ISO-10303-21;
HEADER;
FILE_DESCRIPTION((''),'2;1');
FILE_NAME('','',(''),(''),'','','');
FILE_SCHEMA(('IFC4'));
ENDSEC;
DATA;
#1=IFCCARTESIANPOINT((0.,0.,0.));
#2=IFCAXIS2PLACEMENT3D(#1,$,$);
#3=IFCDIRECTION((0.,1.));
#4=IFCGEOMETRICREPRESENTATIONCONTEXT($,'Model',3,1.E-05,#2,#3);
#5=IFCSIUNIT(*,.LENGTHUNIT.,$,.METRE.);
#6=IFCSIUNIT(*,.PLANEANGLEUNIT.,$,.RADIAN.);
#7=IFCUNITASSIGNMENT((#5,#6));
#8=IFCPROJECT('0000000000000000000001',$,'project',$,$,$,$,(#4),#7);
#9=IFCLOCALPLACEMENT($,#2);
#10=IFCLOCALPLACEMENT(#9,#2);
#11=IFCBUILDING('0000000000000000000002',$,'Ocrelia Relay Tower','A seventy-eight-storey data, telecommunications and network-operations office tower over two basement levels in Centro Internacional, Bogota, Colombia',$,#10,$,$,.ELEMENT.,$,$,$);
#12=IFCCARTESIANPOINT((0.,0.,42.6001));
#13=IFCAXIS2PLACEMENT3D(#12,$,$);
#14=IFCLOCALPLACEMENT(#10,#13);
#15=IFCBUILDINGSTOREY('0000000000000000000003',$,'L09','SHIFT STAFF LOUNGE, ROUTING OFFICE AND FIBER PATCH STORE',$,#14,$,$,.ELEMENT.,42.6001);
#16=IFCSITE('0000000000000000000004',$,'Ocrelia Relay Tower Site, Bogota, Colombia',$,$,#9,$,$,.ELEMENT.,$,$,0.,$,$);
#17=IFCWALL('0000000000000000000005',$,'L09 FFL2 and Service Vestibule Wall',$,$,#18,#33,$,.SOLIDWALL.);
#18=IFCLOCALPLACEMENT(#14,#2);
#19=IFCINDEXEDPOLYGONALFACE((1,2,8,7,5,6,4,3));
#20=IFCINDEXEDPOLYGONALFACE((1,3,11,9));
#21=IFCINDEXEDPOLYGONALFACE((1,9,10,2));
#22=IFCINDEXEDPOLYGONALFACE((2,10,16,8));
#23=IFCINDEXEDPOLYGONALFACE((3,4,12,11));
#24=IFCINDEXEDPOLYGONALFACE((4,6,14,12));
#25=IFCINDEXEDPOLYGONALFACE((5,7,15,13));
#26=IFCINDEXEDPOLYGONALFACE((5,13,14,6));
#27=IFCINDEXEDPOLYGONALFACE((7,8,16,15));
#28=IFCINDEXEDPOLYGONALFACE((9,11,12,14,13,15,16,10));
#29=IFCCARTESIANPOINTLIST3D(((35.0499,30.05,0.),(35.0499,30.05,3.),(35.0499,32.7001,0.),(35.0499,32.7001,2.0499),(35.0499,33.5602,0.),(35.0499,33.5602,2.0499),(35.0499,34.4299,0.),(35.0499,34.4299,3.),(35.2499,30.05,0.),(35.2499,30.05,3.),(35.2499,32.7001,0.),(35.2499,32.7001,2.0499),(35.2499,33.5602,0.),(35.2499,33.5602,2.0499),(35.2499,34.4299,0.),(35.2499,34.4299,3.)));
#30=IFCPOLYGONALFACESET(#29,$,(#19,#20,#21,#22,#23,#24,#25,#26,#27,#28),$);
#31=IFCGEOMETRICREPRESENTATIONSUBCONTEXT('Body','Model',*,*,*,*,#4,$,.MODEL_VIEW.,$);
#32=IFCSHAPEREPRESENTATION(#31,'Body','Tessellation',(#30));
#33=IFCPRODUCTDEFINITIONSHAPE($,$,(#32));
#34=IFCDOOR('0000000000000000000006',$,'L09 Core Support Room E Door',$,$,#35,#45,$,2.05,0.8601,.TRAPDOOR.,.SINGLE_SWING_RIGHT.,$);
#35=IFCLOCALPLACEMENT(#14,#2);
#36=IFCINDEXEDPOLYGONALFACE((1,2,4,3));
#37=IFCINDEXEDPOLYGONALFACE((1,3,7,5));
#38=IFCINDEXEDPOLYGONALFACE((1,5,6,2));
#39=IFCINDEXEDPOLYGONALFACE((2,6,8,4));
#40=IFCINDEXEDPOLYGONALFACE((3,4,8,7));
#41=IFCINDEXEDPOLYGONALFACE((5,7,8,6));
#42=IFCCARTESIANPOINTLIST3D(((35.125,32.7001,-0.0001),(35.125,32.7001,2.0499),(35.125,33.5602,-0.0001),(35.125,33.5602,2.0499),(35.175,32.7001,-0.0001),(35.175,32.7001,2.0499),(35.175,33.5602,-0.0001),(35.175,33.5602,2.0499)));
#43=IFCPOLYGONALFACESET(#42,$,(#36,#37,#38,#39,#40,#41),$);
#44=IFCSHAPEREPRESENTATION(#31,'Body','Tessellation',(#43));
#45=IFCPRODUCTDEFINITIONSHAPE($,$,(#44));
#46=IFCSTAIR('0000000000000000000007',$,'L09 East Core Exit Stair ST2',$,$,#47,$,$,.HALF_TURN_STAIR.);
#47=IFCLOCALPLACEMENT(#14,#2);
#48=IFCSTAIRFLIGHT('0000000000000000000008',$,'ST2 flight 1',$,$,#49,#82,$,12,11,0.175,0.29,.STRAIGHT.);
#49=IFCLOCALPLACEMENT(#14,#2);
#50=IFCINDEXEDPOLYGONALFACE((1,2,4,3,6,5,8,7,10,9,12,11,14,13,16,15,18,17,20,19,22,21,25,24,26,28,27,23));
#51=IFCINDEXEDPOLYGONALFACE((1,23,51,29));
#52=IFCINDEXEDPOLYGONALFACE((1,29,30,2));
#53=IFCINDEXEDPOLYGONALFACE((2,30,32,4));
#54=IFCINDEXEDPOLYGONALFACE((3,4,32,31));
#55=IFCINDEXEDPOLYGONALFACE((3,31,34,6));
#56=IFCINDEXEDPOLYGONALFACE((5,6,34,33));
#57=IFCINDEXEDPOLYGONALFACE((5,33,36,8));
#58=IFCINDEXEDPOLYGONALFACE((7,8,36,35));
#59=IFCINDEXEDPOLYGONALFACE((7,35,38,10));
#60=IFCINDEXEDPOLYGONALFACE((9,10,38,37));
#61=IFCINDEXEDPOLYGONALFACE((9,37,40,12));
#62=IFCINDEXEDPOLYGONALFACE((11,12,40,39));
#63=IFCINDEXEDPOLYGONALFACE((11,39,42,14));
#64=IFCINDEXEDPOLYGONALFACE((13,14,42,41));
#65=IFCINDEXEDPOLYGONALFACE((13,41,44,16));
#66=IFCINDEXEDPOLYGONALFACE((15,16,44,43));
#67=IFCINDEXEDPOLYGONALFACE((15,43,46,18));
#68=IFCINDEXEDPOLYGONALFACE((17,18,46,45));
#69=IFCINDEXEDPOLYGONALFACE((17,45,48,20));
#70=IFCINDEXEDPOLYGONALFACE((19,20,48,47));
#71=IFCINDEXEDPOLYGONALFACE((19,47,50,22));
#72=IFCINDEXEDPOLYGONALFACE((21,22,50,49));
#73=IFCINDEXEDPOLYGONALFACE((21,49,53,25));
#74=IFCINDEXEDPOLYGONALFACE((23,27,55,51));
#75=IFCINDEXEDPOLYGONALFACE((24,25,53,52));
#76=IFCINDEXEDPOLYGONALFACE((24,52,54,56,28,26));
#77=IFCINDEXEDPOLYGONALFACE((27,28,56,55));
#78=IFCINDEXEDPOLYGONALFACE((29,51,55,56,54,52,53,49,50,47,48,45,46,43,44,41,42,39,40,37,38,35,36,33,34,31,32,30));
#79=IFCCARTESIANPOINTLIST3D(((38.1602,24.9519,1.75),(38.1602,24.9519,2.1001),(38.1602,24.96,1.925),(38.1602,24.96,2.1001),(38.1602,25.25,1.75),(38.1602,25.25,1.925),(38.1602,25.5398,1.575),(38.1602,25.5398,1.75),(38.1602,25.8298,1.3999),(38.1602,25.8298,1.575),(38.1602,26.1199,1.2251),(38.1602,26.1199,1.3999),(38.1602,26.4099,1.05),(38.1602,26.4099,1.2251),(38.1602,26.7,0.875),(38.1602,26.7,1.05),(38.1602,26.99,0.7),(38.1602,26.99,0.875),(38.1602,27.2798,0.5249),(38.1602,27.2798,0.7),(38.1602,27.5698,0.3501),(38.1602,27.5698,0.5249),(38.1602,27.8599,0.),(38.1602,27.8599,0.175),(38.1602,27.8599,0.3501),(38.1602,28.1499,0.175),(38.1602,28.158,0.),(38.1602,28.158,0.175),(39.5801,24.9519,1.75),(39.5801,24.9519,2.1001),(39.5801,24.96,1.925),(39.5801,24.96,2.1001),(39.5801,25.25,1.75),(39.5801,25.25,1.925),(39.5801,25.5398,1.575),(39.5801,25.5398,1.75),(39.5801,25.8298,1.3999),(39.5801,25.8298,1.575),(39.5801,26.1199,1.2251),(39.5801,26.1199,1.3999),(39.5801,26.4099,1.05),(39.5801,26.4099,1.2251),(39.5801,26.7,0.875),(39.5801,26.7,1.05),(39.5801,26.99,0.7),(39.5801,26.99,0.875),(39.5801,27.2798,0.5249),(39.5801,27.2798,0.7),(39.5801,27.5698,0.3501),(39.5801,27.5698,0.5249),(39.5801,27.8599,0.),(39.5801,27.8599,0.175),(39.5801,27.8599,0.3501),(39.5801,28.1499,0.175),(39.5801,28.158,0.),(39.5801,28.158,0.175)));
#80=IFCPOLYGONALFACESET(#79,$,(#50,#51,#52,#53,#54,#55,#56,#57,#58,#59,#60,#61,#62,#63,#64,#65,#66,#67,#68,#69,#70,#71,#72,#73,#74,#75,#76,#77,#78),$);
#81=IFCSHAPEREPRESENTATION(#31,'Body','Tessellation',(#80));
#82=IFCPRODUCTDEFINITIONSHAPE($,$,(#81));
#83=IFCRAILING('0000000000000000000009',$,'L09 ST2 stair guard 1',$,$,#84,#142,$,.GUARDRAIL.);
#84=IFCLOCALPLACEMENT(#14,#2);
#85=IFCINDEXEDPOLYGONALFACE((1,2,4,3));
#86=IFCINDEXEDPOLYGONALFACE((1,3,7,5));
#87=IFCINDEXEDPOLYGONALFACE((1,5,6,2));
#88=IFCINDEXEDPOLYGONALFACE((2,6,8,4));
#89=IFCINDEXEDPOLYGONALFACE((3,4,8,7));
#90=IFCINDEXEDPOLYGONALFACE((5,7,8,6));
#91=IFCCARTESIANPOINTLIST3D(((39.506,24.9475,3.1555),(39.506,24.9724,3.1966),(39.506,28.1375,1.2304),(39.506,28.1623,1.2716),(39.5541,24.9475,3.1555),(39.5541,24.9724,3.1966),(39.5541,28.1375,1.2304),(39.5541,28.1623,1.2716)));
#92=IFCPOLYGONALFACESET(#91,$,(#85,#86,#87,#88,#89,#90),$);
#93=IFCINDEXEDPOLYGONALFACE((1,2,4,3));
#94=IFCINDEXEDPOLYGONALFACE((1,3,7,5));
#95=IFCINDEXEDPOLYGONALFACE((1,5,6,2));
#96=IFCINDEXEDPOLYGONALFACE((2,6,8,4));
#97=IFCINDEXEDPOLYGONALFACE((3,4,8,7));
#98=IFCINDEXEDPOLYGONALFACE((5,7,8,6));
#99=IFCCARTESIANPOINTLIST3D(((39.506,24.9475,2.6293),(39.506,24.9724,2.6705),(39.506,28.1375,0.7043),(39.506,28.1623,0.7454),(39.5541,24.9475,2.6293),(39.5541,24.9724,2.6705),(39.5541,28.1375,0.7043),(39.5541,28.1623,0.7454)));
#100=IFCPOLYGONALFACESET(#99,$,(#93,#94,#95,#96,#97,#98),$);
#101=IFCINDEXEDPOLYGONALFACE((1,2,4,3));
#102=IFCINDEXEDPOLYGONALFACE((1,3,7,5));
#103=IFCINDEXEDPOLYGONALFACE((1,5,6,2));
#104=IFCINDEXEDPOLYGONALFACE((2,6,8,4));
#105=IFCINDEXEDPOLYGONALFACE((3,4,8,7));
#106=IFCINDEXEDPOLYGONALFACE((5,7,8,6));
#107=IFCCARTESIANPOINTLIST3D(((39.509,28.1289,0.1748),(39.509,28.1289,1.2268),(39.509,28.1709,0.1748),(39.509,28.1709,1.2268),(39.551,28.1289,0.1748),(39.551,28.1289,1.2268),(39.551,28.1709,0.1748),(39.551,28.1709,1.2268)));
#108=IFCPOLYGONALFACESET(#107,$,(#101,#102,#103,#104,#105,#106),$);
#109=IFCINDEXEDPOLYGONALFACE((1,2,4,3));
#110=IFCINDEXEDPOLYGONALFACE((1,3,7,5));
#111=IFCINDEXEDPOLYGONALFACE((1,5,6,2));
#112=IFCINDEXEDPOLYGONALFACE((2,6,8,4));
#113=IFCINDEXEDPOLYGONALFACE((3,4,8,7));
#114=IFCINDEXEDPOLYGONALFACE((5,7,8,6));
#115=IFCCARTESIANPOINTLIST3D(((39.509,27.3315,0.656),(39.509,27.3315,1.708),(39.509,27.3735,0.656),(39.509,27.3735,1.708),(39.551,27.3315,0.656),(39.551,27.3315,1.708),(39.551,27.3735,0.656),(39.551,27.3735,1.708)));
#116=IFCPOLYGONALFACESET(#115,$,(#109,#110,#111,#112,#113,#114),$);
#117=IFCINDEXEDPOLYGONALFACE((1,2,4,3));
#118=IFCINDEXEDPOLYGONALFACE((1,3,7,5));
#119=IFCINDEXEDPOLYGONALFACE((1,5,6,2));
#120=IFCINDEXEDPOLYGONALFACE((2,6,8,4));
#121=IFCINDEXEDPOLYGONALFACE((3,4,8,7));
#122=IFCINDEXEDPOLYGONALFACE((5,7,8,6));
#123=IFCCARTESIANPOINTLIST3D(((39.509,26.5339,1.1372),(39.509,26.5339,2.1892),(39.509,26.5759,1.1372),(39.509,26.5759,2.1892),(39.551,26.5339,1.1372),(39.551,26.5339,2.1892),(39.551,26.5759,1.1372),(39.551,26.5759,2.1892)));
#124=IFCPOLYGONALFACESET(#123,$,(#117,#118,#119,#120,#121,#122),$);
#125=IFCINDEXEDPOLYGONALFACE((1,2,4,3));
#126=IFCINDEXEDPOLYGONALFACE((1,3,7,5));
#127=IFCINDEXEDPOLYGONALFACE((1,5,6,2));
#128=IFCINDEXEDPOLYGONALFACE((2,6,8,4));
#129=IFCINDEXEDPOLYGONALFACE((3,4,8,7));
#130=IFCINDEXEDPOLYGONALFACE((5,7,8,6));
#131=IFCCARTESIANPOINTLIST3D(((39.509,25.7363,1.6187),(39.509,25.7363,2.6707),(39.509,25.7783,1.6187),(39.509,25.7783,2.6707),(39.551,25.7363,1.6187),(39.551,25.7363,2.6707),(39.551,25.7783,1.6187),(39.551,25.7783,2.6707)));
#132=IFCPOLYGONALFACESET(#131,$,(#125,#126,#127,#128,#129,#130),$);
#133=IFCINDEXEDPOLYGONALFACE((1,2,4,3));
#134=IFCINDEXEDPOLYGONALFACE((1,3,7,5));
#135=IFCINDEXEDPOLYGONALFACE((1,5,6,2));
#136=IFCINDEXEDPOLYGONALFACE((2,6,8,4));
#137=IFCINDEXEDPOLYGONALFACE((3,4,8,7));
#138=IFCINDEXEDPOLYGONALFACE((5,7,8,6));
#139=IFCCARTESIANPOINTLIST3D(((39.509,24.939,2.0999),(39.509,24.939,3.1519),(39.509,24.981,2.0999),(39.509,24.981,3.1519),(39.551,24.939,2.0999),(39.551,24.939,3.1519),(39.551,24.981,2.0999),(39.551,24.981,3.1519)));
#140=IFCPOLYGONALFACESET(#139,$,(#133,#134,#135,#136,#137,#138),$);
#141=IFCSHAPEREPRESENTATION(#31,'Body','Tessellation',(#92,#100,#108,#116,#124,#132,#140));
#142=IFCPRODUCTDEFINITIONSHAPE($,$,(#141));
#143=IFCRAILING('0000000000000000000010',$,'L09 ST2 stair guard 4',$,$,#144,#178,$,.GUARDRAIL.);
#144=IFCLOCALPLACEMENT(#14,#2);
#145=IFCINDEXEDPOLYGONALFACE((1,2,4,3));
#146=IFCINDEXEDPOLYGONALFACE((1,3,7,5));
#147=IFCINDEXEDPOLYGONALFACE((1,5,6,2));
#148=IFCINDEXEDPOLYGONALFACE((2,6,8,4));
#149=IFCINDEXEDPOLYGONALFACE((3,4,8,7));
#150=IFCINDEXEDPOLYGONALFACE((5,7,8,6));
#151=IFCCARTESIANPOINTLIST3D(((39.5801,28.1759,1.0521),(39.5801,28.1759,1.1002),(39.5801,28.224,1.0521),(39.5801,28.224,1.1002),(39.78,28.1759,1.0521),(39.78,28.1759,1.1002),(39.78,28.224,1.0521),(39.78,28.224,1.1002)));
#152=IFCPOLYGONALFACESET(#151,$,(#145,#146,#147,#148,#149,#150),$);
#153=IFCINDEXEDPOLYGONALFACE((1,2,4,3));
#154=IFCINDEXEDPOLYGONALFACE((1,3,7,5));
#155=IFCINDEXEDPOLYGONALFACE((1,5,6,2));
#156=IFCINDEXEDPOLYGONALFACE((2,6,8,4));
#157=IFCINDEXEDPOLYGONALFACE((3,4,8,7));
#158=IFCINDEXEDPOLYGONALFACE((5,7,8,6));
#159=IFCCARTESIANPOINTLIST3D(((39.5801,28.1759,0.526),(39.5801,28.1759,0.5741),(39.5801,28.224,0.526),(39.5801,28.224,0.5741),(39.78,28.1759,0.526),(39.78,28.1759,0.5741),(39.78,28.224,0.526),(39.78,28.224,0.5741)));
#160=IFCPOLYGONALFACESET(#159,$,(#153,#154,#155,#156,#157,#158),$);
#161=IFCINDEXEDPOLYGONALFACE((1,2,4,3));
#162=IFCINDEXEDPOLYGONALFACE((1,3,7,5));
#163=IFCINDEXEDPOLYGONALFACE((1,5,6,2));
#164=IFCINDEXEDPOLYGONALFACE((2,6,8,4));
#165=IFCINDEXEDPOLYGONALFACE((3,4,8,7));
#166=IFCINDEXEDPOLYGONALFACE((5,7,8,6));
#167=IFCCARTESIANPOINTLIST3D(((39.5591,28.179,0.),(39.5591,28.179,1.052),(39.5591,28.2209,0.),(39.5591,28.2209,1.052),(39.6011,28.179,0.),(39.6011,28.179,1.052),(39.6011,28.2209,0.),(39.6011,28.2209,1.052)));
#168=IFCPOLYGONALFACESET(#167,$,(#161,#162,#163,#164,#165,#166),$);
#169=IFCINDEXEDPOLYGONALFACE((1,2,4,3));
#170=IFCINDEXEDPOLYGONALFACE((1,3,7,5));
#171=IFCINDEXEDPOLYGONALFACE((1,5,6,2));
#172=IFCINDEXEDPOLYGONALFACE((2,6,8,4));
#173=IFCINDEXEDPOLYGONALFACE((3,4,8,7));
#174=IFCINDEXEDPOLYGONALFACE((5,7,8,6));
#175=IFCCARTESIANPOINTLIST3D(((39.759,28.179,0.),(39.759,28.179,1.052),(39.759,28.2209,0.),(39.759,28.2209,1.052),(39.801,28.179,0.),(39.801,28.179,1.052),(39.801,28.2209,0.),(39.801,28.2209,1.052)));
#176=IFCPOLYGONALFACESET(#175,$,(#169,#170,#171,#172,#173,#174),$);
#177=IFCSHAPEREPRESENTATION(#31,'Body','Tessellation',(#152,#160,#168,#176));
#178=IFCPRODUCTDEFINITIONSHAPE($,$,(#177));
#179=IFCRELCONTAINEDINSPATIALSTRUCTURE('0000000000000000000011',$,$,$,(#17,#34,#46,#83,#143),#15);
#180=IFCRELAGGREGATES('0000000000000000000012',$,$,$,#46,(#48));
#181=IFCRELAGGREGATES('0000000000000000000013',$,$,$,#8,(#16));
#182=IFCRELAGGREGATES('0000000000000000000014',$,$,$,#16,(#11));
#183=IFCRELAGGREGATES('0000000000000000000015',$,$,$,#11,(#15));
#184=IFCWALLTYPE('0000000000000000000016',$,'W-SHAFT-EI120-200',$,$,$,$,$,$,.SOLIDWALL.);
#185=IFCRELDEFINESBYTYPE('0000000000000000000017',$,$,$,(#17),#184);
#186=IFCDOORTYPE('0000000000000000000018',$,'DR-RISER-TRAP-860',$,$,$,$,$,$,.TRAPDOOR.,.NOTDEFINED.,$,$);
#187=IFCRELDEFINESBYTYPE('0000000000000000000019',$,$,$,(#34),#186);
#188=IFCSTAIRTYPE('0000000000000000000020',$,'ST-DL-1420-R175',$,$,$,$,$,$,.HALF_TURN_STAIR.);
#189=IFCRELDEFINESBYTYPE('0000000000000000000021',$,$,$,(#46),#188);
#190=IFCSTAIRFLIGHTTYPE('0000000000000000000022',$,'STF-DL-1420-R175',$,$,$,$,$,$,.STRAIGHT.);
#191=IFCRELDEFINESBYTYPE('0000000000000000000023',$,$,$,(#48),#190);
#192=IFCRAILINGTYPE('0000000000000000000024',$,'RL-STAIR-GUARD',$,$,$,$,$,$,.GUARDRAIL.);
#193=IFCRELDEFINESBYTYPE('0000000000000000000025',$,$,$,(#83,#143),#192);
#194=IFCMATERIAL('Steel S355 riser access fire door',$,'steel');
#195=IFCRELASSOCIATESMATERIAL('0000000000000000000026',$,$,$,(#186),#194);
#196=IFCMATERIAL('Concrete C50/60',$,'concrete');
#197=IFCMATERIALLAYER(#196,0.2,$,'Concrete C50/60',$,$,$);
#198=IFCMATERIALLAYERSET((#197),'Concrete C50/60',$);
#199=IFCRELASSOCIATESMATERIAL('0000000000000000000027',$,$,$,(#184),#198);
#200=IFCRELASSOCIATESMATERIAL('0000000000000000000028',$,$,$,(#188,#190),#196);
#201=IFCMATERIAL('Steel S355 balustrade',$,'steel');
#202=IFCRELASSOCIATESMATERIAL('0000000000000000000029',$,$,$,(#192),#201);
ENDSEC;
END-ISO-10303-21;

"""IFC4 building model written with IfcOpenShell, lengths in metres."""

from ifc_helpers import new_model, si_unit, direction, frame, frame_2d, origin, origin_2d, place, context, subcontext, project, spatial, polyline, rectangle, outline, extrude, material, layer, layer_set, type_object, element, fill, aggregate, save


model = new_model("IFC4")

# Units and contexts
model_context = context("Model", 3, precision=1e-05, world=origin(), true_north=direction((0.0, 1.0)))
body_context = subcontext(model_context, "Body", "Model", "MODEL_VIEW")
ifc_project = project(units=[si_unit("LENGTHUNIT", "METRE"), si_unit("PLANEANGLEUNIT", "RADIAN")], contexts=[model_context])

# Site, building, storey
site_placement = place(None, origin())
site = spatial("IfcSite", under=ifc_project, at=site_placement, Name="Ocrelia Relay Tower Site, Bogota, Colombia", CompositionType="ELEMENT", RefElevation=0.0)
building_placement = place(site_placement, origin())
building = spatial("IfcBuilding", under=site, at=building_placement, Name="Ocrelia Relay Tower", Description="A seventy-eight-storey data, telecommunications and network-operations office tower over two basement levels in Centro Internacional, Bogota, Colombia", CompositionType="ELEMENT")
storey_placement = place(building_placement, frame((0.0, 0.0, 42.6001)))
storey = spatial("IfcBuildingStorey", under=building, at=storey_placement, Name="L09", Description="SHIFT STAFF LOUNGE, ROUTING OFFICE AND FIBER PATCH STORE", CompositionType="ELEMENT", Elevation=42.6001)

# Shared definitions
ifc_material_1 = material(Name="Concrete C50/60", Category="concrete")

# Shared definitions
ifc_material_2 = material(Name="Steel S355 riser access fire door", Category="steel")
door_type_1 = type_object("IfcDoorType", Name="DR-RISER-TRAP-860", OperationType="NOTDEFINED", PredefinedType="TRAPDOOR", material=ifc_material_2)

# Shared definitions
ifc_layer_1 = layer(ifc_material_1, 0.2, Name="Concrete C50/60")
ifc_layer_set_1 = layer_set([ifc_layer_1], Name="Concrete C50/60")
wall_type_1 = type_object("IfcWallType", Name="W-SHAFT-EI120-200", PredefinedType="SOLIDWALL", material=ifc_layer_set_1)

# Wall, opening, door
wall_1_placement = place(storey_placement, frame((35.1499, 30.05, 0.0), z_axis=(0.0, 0.0, 1.0), x_axis=(0.0, 1.0, 0.0)))
wall_1 = element("IfcWall", 1, at=wall_1_placement, inside=storey, type_object=wall_type_1, Name="L09 FFL2 and Service Vestibule Wall", PredefinedType="SOLIDWALL", context=body_context, shape_type="SweptSolid", body=[
    extrude(rectangle(XDim=4.3799, YDim=0.2, at=frame_2d((2.1899, 0.0))), origin(), (0.0, 0.0, 1.0), 3.0),
])
opening_1_placement = place(wall_1_placement, frame((2.6499, 0.0, 0.0)))
opening_1 = element("IfcOpeningElement", 2, at=opening_1_placement, cuts=wall_1, PredefinedType="OPENING", context=body_context, shape_type="SweptSolid", body=[
    extrude(rectangle(XDim=0.8601, YDim=2.05, at=frame_2d((0.4302, 1.0249))), frame((0.0, 0.1099, 0.0), z_axis=(0.0, -1.0, 0.0), x_axis=(1.0, 0.0, 0.0)), (0.0, 0.0, 1.0), 0.22),
])
door_1_placement = place(opening_1_placement, origin())
door_1 = element("IfcDoor", 3, at=door_1_placement, inside=storey, type_object=door_type_1, Name="L09 Core Support Room E Door", OperationType="SINGLE_SWING_RIGHT", OverallHeight=2.05, OverallWidth=0.8601, PredefinedType="TRAPDOOR", context=body_context, shape_type="SweptSolid", body=[
    extrude(rectangle(XDim=0.8601, YDim=2.05, at=frame_2d((0.4302, 1.0249))), frame((0.0, 0.0249, 0.0), z_axis=(0.0, -1.0, 0.0), x_axis=(1.0, 0.0, 0.0)), (0.0, 0.0, 1.0), 0.05),
])
fill(opening_1, door_1)

# Stair, stair flight
stair_type = type_object("IfcStairType", Name="ST-DL-1420-R175", PredefinedType="HALF_TURN_STAIR", material=ifc_material_1)
stair_placement = place(storey_placement, origin())
stair = element("IfcStair", 4, at=stair_placement, inside=storey, type_object=stair_type, Name="L09 East Core Exit Stair ST2", PredefinedType="HALF_TURN_STAIR")
stair_flight_type = type_object("IfcStairFlightType", Name="STF-DL-1420-R175", PredefinedType="STRAIGHT", material=ifc_material_1)
stair_flight_placement = place(storey_placement, frame((38.8701, 28.1499, 0.0), z_axis=(0.0, 0.0, 1.0), x_axis=(0.0, -1.0, 0.0)))
stair_flight = element("IfcStairFlight", 5, at=stair_flight_placement, type_object=stair_flight_type, Name="ST2 flight 1", NumberOfRisers=12, NumberOfTreads=11, PredefinedType="STRAIGHT", RiserHeight=0.175, TreadLength=0.29, context=body_context, shape_type="SweptSolid", body=[
    extrude(outline(polyline([(-0.0081, 0.0), (-0.0081, 0.175), (0.0, 0.175), (0.29, 0.175), (0.29, 0.3501), (0.5801, 0.3501), (0.5801, 0.5249), (0.8701, 0.5249), (0.8701, 0.7), (1.1599, 0.7), (1.1599, 0.875), (1.45, 0.875), (1.45, 1.05), (1.74, 1.05), (1.74, 1.2251), (2.03, 1.2251), (2.03, 1.3999), (2.3201, 1.3999), (2.3201, 1.575), (2.6101, 1.575), (2.6101, 1.75), (2.8999, 1.75), (2.8999, 1.925), (3.1899, 1.925), (3.1899, 2.1001), (3.198, 2.1001), (3.198, 1.75), (0.29, 0.0), (-0.0081, 0.0)])), frame((0.0, 0.71, 0.0), z_axis=(0.0, -1.0, 0.0), x_axis=(1.0, 0.0, 0.0)), (0.0, 0.0, 1.0), 1.4199),
])
aggregate(stair, [stair_flight])

# Railings
ifc_material_3 = material(Name="Steel S355 balustrade", Category="steel")
railing_type_1 = type_object("IfcRailingType", Name="RL-STAIR-GUARD", PredefinedType="GUARDRAIL", material=ifc_material_3)
railing_1_placement = place(storey_placement, frame((39.53, 28.1499, 0.1748)))
element("IfcRailing", 6, at=railing_1_placement, inside=storey, type_object=railing_type_1, Name="L09 ST2 stair guard 1", PredefinedType="GUARDRAIL", context=body_context, shape_type="SweptSolid", body=[
    extrude(rectangle(XDim=0.0481, YDim=0.0481, at=origin_2d()), frame((0.0, 0.0, 1.0762), z_axis=(0.0, -0.856178, 0.516682), x_axis=(1.0, 0.0, 0.0)), (0.0, 0.0, 1.0), 3.7258),
    extrude(rectangle(XDim=0.0481, YDim=0.0481, at=origin_2d()), frame((0.0, 0.0, 0.55), z_axis=(0.0, -0.856178, 0.516682), x_axis=(1.0, 0.0, 0.0)), (0.0, 0.0, 1.0), 3.7258),
    extrude(rectangle(XDim=0.042, YDim=0.042, at=origin_2d()), origin(), (0.0, 0.0, 1.0), 1.052),
    extrude(rectangle(XDim=0.042, YDim=0.042, at=origin_2d()), frame((0.0, -0.7974, 0.4812)), (0.0, 0.0, 1.0), 1.052),
    extrude(rectangle(XDim=0.042, YDim=0.042, at=origin_2d()), frame((0.0, -1.595, 0.9624)), (0.0, 0.0, 1.0), 1.052),
    extrude(rectangle(XDim=0.042, YDim=0.042, at=origin_2d()), frame((0.0, -2.3926, 1.4438)), (0.0, 0.0, 1.0), 1.052),
    extrude(rectangle(XDim=0.042, YDim=0.042, at=origin_2d()), frame((0.0, -3.1899, 1.925)), (0.0, 0.0, 1.0), 1.052),
])
railing_2_placement = place(storey_placement, frame((39.5801, 28.2, 0.0)))
element("IfcRailing", 7, at=railing_2_placement, inside=storey, type_object=railing_type_1, Name="L09 ST2 stair guard 4", PredefinedType="GUARDRAIL", context=body_context, shape_type="SweptSolid", body=[
    extrude(rectangle(XDim=0.0481, YDim=0.0481, at=origin_2d()), frame((0.0, 0.0, 1.0762), z_axis=(1.0, 0.0, 0.0), x_axis=(0.0, 1.0, 0.0)), (0.0, 0.0, 1.0), 0.2),
    extrude(rectangle(XDim=0.0481, YDim=0.0481, at=origin_2d()), frame((0.0, 0.0, 0.55), z_axis=(1.0, 0.0, 0.0), x_axis=(0.0, 1.0, 0.0)), (0.0, 0.0, 1.0), 0.2),
    extrude(rectangle(XDim=0.042, YDim=0.042, at=origin_2d()), origin(), (0.0, 0.0, 1.0), 1.052),
    extrude(rectangle(XDim=0.042, YDim=0.042, at=origin_2d()), frame((0.2, 0.0, 0.0)), (0.0, 0.0, 1.0), 1.052),
])

save(model, "model.ifc")
